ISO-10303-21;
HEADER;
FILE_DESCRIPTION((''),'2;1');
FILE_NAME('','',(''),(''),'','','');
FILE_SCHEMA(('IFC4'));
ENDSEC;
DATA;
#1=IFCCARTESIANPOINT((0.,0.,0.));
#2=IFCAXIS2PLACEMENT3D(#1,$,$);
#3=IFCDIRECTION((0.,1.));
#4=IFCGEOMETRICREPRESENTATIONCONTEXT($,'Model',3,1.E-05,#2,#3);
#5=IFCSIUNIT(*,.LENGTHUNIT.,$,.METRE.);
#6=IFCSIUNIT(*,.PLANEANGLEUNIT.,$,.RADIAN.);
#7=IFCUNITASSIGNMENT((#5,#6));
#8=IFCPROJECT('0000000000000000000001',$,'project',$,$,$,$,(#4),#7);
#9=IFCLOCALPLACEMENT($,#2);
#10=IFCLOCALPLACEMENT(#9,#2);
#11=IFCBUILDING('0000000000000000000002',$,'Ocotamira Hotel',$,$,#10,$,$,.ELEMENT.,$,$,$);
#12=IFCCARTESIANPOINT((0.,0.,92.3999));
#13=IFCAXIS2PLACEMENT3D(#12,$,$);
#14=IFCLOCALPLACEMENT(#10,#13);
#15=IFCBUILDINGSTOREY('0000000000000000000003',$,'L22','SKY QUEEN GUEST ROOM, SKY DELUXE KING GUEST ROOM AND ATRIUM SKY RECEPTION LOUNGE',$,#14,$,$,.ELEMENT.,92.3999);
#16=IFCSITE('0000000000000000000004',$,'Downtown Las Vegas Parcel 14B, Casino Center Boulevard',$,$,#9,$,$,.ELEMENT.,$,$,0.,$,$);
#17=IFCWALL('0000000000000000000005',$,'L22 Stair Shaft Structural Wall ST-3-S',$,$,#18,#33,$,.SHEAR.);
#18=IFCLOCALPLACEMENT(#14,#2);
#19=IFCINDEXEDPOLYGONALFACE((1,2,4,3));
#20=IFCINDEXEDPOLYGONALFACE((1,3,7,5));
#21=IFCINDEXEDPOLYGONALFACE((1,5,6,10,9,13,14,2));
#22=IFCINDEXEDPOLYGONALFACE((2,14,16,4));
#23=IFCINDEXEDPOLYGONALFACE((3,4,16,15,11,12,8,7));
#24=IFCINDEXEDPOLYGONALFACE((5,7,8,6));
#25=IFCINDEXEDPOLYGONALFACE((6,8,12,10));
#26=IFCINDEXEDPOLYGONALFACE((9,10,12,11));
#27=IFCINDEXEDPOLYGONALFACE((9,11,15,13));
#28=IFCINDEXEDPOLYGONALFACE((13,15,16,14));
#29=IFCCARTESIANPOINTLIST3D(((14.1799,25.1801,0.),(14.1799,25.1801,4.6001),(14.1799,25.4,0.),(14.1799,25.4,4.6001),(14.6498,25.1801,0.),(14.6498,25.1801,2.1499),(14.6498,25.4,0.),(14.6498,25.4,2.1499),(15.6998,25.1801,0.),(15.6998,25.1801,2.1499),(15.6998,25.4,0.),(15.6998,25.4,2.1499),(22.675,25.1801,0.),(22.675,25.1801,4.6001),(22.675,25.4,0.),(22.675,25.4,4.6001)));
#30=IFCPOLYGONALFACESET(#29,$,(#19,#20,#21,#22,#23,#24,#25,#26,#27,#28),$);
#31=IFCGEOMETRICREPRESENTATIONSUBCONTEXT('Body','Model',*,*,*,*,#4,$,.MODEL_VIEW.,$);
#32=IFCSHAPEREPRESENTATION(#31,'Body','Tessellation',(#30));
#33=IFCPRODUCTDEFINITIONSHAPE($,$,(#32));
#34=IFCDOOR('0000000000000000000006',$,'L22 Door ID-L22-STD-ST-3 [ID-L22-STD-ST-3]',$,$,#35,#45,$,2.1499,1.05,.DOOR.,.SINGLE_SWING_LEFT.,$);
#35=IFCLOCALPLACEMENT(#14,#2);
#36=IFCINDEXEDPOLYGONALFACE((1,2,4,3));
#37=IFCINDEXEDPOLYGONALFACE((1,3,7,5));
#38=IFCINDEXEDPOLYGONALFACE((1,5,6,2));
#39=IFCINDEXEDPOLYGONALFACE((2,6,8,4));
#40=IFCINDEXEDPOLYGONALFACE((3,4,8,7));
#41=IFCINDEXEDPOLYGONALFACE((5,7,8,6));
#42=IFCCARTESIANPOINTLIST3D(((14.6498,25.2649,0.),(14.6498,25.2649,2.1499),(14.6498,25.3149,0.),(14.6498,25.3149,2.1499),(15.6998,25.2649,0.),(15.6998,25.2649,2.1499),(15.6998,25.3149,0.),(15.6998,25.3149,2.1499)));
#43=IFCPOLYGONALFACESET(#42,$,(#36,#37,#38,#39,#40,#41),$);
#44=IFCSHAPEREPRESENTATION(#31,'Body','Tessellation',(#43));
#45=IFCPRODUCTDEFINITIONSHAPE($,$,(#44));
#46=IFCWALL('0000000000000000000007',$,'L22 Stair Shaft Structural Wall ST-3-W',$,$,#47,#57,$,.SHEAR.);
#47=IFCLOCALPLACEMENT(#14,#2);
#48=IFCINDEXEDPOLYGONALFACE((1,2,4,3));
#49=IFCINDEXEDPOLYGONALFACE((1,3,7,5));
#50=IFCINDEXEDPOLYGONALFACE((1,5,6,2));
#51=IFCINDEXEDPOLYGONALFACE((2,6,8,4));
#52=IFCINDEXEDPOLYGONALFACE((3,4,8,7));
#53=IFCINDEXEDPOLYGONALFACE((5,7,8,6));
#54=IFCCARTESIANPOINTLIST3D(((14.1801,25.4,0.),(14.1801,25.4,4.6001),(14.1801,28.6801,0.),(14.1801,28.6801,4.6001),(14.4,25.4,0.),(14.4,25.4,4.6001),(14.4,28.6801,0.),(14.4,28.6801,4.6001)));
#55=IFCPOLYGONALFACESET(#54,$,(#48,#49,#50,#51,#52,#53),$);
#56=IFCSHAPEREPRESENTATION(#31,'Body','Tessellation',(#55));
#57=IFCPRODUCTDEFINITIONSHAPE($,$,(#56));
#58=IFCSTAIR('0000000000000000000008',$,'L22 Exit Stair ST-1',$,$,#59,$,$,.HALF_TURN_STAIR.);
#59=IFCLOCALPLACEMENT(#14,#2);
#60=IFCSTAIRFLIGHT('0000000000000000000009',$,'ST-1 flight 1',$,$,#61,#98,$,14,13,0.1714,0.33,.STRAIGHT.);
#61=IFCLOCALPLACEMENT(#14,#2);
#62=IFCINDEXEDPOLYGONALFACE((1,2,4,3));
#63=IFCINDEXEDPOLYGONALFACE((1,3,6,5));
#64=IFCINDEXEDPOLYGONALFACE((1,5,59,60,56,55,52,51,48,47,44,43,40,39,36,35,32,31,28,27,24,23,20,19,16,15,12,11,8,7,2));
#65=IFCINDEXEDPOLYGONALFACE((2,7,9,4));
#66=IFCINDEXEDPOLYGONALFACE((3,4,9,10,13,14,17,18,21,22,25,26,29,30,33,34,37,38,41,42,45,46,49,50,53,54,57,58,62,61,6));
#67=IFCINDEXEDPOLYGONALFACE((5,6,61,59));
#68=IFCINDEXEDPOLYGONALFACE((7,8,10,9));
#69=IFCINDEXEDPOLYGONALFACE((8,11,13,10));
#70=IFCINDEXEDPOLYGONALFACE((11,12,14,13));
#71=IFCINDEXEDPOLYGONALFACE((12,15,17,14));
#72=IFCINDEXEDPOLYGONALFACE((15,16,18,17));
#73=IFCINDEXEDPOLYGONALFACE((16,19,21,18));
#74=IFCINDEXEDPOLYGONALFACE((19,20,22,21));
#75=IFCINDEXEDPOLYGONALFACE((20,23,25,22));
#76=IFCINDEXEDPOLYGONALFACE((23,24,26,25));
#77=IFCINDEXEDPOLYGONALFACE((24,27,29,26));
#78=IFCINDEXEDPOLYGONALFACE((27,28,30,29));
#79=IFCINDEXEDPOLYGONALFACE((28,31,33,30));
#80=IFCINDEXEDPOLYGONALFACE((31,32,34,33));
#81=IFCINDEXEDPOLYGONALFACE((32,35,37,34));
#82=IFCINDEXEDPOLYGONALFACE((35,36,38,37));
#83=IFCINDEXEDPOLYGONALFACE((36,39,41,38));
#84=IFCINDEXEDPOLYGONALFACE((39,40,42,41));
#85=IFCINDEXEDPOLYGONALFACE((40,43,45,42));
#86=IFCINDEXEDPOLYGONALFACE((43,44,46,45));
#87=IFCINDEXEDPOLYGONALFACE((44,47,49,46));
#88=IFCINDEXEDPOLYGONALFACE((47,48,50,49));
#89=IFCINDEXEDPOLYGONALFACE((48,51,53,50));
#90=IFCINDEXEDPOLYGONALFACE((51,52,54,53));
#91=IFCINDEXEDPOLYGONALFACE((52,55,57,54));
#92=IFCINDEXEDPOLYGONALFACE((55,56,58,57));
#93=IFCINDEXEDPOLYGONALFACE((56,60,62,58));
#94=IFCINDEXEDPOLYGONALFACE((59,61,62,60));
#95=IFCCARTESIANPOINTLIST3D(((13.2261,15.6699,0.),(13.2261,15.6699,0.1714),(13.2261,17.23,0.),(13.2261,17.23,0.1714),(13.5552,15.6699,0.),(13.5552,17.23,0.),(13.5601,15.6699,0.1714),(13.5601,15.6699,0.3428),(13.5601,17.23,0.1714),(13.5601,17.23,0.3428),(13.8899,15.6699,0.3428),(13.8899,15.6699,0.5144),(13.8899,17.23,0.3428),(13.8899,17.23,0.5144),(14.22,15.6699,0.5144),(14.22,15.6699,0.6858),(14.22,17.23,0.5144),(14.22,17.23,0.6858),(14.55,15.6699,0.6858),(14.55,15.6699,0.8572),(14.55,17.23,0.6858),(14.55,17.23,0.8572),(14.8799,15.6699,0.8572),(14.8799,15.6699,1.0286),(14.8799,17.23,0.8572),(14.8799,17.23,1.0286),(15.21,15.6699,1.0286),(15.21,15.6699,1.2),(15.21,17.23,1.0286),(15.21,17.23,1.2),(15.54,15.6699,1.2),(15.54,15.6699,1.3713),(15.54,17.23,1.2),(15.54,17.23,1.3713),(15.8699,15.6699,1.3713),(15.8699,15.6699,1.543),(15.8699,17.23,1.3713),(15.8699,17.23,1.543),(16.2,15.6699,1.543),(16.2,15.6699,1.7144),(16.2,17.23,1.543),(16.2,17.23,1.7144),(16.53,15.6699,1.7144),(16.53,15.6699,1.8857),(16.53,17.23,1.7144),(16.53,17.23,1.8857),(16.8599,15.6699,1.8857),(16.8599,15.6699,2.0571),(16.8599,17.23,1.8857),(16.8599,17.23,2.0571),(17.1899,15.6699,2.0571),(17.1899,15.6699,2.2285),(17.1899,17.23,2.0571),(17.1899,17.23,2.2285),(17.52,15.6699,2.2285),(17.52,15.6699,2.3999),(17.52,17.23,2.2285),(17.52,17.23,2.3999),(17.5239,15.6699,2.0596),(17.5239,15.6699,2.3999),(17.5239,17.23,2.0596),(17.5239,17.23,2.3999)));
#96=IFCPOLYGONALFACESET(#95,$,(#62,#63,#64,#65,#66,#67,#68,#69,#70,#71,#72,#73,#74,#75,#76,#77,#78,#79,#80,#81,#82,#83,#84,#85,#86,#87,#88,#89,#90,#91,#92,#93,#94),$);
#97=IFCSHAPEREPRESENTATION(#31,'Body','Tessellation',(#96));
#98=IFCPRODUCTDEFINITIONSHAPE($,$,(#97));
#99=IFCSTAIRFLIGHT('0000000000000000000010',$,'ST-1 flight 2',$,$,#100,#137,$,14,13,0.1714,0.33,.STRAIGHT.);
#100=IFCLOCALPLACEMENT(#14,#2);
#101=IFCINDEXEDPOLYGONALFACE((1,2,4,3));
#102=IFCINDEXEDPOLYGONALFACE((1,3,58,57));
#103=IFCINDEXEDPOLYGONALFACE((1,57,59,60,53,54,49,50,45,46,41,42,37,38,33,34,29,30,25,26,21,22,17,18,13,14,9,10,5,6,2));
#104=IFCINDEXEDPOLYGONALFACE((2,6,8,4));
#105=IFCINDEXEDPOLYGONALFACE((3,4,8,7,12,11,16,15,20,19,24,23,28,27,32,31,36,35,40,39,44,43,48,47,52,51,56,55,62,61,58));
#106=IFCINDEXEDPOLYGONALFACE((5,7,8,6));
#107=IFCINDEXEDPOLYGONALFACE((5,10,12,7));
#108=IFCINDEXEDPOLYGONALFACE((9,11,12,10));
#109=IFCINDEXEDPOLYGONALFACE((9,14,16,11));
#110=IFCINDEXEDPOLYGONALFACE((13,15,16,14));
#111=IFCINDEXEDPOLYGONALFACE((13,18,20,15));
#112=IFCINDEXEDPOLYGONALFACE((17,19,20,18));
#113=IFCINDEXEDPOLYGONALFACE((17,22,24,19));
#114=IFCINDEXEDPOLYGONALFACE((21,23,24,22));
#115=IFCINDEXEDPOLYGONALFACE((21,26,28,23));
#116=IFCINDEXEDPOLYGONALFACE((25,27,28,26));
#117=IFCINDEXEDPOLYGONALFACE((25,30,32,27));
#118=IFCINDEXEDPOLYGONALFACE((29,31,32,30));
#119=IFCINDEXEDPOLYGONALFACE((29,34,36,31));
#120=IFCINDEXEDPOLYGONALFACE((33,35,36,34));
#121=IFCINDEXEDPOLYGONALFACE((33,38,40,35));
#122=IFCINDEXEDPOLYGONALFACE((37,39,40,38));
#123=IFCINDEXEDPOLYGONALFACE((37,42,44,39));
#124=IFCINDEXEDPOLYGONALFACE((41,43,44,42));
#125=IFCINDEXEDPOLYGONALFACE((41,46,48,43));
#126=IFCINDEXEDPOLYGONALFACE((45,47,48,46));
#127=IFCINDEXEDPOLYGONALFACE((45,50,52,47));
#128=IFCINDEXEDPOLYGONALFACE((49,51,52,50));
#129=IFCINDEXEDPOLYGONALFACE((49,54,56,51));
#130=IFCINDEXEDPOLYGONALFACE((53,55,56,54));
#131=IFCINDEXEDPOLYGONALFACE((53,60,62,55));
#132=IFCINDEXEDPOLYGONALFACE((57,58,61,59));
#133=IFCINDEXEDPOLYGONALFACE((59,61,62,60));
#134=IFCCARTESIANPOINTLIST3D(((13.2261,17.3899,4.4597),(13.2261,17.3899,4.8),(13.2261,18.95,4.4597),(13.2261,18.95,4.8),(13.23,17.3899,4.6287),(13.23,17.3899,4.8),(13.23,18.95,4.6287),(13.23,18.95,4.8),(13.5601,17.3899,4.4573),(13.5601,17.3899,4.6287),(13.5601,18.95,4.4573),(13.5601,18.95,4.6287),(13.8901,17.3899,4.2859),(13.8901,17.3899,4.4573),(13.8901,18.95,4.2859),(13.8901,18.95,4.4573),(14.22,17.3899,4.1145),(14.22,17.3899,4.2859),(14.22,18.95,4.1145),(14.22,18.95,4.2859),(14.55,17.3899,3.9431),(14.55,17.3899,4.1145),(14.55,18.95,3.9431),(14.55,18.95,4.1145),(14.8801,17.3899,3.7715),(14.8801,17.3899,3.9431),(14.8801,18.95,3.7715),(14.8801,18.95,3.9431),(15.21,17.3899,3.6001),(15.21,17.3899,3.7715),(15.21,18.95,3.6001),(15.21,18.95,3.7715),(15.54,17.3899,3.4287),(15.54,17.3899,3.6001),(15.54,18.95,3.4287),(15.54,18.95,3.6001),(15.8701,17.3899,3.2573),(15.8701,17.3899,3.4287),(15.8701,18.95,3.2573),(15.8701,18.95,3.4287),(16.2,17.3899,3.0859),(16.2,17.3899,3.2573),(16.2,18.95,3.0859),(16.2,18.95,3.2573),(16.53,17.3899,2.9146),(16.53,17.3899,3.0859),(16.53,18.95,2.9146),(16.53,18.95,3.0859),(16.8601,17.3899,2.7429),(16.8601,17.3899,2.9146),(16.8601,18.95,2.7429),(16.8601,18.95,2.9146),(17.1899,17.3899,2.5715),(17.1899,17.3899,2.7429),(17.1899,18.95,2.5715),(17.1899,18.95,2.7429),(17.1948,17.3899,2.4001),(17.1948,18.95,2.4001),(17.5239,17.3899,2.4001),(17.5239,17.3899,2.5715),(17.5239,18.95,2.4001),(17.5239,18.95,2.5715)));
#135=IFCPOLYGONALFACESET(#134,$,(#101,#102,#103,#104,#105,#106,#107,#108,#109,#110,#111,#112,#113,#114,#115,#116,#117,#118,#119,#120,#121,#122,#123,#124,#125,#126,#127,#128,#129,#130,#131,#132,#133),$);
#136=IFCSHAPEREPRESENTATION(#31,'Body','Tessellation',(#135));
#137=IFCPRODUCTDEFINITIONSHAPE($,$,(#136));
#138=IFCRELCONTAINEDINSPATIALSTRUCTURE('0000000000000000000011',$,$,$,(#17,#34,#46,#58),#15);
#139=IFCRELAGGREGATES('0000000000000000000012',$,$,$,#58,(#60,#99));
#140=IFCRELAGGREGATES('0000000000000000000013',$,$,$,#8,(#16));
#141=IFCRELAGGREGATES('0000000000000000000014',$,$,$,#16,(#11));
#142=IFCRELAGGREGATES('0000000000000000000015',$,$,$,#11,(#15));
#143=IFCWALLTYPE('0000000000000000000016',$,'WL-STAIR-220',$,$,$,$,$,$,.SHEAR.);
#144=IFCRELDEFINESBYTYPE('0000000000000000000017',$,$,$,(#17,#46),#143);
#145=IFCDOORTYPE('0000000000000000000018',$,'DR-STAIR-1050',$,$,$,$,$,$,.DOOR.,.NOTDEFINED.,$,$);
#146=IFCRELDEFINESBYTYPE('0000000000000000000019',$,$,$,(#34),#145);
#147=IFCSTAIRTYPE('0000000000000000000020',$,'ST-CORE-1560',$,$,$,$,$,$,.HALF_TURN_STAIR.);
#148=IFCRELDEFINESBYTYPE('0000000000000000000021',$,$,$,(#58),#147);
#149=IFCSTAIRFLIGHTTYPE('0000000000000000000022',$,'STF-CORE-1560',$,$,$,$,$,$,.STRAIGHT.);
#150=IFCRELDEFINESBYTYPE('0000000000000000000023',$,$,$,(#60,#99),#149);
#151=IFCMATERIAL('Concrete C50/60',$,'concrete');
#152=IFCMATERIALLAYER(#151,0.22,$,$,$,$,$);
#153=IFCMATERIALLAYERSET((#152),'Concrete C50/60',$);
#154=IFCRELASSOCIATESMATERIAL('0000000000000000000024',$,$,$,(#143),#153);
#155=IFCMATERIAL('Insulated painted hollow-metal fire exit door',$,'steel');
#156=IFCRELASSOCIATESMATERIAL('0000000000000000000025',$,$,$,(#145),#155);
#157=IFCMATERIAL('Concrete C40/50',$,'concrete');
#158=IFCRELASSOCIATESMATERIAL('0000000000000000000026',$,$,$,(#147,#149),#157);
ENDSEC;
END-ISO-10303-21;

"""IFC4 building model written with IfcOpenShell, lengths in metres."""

from ifc_helpers import new_model, si_unit, direction, frame, frame_2d, origin, place, context, subcontext, project, spatial, polyline, rectangle, outline, extrude, source, transform, mapped, material, layer, layer_set, type_object, element, fill, aggregate, save


model = new_model("IFC4")

# Units and contexts
model_context = context("Model", 3, precision=1e-05, world=origin(), true_north=direction((0.0, 1.0)))
body_context = subcontext(model_context, "Body", "Model", "MODEL_VIEW")
ifc_project = project(units=[si_unit("LENGTHUNIT", "METRE"), si_unit("PLANEANGLEUNIT", "RADIAN")], contexts=[model_context])

# Site, building, storey
site_placement = place(None, origin())
site = spatial("IfcSite", under=ifc_project, at=site_placement, Name="Downtown Las Vegas Parcel 14B, Casino Center Boulevard", CompositionType="ELEMENT", RefElevation=0.0)
building_placement = place(site_placement, origin())
building = spatial("IfcBuilding", under=site, at=building_placement, Name="Ocotamira Hotel", CompositionType="ELEMENT")
storey_placement = place(building_placement, frame((0.0, 0.0, 92.3999)))
storey = spatial("IfcBuildingStorey", under=building, at=storey_placement, Name="L22", Description="SKY QUEEN GUEST ROOM, SKY DELUXE KING GUEST ROOM AND ATRIUM SKY RECEPTION LOUNGE", CompositionType="ELEMENT", Elevation=92.3999)

# Shared definitions
ifc_material_1 = material(Name="Concrete C50/60", Category="concrete")
ifc_layer_1 = layer(ifc_material_1, 0.22)
ifc_layer_set_1 = layer_set([ifc_layer_1], Name="Concrete C50/60")
wall_type_1 = type_object("IfcWallType", Name="WL-STAIR-220", PredefinedType="SHEAR", material=ifc_layer_set_1)
ifc_material_2 = material(Name="Insulated painted hollow-metal fire exit door", Category="steel")
door_type_1 = type_object("IfcDoorType", Name="DR-STAIR-1050", OperationType="NOTDEFINED", PredefinedType="DOOR", material=ifc_material_2)
shared_shape_1 = source(origin(), body_context, "Body", "SweptSolid", [
    extrude(rectangle(XDim=1.05, YDim=2.1499, at=frame_2d((0.5249, 1.075))), frame((0.0, 0.0249, 0.0), z_axis=(0.0, -1.0, 0.0), x_axis=(1.0, 0.0, 0.0)), (0.0, 0.0, 1.0), 0.05),
])

# Wall, opening, door
wall_1_placement = place(storey_placement, frame((14.1799, 25.29, 0.0), z_axis=(0.0, 0.0, 1.0), x_axis=(1.0, 0.0, 0.0)))
wall_1 = element("IfcWall", 1, at=wall_1_placement, inside=storey, type_object=wall_type_1, Name="L22 Stair Shaft Structural Wall ST-3-S", PredefinedType="SHEAR", context=body_context, shape_type="SweptSolid", body=[
    extrude(rectangle(XDim=8.4951, YDim=0.22, at=frame_2d((4.2476, 0.0))), origin(), (0.0, 0.0, 1.0), 4.6001),
])
opening_1_placement = place(wall_1_placement, frame((0.47, 0.0, 0.0)))
opening_1 = element("IfcOpeningElement", 2, at=opening_1_placement, cuts=wall_1, PredefinedType="OPENING", context=body_context, shape_type="SweptSolid", body=[
    extrude(rectangle(XDim=1.05, YDim=2.1499, at=frame_2d((0.5249, 1.075))), frame((0.0, 0.1201, 0.0), z_axis=(0.0, -1.0, 0.0), x_axis=(1.0, 0.0, 0.0)), (0.0, 0.0, 1.0), 0.24),
])
door_1_placement = place(opening_1_placement, origin())
door_1 = element("IfcDoor", 3, at=door_1_placement, inside=storey, type_object=door_type_1, Name="L22 Door ID-L22-STD-ST-3 [ID-L22-STD-ST-3]", OperationType="SINGLE_SWING_LEFT", OverallHeight=2.1499, OverallWidth=1.05, PredefinedType="DOOR", context=body_context, shape_type="MappedRepresentation", body=[
    mapped(shared_shape_1, transform((0.0, 0.0, 0.0), scale=1.0)),
])
fill(opening_1, door_1)

# Wall
wall_2_placement = place(storey_placement, frame((14.29, 25.3999, 0.0), z_axis=(0.0, 0.0, 1.0), x_axis=(0.0, 1.0, 0.0)))
element("IfcWall", 4, at=wall_2_placement, inside=storey, type_object=wall_type_1, Name="L22 Stair Shaft Structural Wall ST-3-W", PredefinedType="SHEAR", context=body_context, shape_type="SweptSolid", body=[
    extrude(rectangle(XDim=3.28, YDim=0.22, at=frame_2d((1.6401, 0.0))), origin(), (0.0, 0.0, 1.0), 4.6001),
])

# Stair, stair flights
ifc_material_3 = material(Name="Concrete C40/50", Category="concrete")
stair_type = type_object("IfcStairType", Name="ST-CORE-1560", PredefinedType="HALF_TURN_STAIR", material=ifc_material_3)
stair_placement = place(storey_placement, origin())
stair = element("IfcStair", 5, at=stair_placement, inside=storey, type_object=stair_type, Name="L22 Exit Stair ST-1", PredefinedType="HALF_TURN_STAIR")
stair_flight_type = type_object("IfcStairFlightType", Name="STF-CORE-1560", PredefinedType="STRAIGHT", material=ifc_material_3)
shared_shape_2 = source(origin(), body_context, "Body", "SweptSolid", [
    extrude(outline(polyline([(-0.0039, 0.0), (-0.0039, 0.1714), (0.3301, 0.1714), (0.3301, 0.3428), (0.6599, 0.3428), (0.6599, 0.5144), (0.99, 0.5144), (0.99, 0.6858), (1.3201, 0.6858), (1.3201, 0.8572), (1.6499, 0.8572), (1.6499, 1.0286), (1.98, 1.0286), (1.98, 1.2), (2.3101, 1.2), (2.3101, 1.3713), (2.6399, 1.3713), (2.6399, 1.543), (2.97, 1.543), (2.97, 1.7144), (3.3, 1.7144), (3.3, 1.8857), (3.6299, 1.8857), (3.6299, 2.0571), (3.96, 2.0571), (3.96, 2.2285), (4.29, 2.2285), (4.29, 2.3999), (4.2939, 2.3999), (4.2939, 2.0596), (0.3252, 0.0), (-0.0039, 0.0)])), frame((0.0, 0.78, 0.0), z_axis=(0.0, -1.0, 0.0), x_axis=(1.0, 0.0, 0.0)), (0.0, 0.0, 1.0), 1.5601),
])
stair_flight_1_placement = place(storey_placement, frame((13.23, 16.45, 0.0), z_axis=(0.0, 0.0, 1.0), x_axis=(1.0, 0.0, 0.0)))
stair_flight_1 = element("IfcStairFlight", 6, at=stair_flight_1_placement, type_object=stair_flight_type, Name="ST-1 flight 1", NumberOfRisers=14, NumberOfTreads=13, PredefinedType="STRAIGHT", RiserHeight=0.1714, TreadLength=0.33, context=body_context, shape_type="MappedRepresentation", body=[
    mapped(shared_shape_2, transform((0.0, 0.0, 0.0), scale=1.0)),
])
stair_flight_2_placement = place(storey_placement, frame((17.52, 18.1699, 2.4001), z_axis=(0.0, 0.0, 1.0), x_axis=(-1.0, 0.0, 0.0)))
stair_flight_2 = element("IfcStairFlight", 7, at=stair_flight_2_placement, type_object=stair_flight_type, Name="ST-1 flight 2", NumberOfRisers=14, NumberOfTreads=13, PredefinedType="STRAIGHT", RiserHeight=0.1714, TreadLength=0.33, context=body_context, shape_type="MappedRepresentation", body=[
    mapped(shared_shape_2, transform((0.0, 0.0, 0.0), scale=1.0)),
])
aggregate(stair, [stair_flight_1, stair_flight_2])

save(model, "model.ifc")
